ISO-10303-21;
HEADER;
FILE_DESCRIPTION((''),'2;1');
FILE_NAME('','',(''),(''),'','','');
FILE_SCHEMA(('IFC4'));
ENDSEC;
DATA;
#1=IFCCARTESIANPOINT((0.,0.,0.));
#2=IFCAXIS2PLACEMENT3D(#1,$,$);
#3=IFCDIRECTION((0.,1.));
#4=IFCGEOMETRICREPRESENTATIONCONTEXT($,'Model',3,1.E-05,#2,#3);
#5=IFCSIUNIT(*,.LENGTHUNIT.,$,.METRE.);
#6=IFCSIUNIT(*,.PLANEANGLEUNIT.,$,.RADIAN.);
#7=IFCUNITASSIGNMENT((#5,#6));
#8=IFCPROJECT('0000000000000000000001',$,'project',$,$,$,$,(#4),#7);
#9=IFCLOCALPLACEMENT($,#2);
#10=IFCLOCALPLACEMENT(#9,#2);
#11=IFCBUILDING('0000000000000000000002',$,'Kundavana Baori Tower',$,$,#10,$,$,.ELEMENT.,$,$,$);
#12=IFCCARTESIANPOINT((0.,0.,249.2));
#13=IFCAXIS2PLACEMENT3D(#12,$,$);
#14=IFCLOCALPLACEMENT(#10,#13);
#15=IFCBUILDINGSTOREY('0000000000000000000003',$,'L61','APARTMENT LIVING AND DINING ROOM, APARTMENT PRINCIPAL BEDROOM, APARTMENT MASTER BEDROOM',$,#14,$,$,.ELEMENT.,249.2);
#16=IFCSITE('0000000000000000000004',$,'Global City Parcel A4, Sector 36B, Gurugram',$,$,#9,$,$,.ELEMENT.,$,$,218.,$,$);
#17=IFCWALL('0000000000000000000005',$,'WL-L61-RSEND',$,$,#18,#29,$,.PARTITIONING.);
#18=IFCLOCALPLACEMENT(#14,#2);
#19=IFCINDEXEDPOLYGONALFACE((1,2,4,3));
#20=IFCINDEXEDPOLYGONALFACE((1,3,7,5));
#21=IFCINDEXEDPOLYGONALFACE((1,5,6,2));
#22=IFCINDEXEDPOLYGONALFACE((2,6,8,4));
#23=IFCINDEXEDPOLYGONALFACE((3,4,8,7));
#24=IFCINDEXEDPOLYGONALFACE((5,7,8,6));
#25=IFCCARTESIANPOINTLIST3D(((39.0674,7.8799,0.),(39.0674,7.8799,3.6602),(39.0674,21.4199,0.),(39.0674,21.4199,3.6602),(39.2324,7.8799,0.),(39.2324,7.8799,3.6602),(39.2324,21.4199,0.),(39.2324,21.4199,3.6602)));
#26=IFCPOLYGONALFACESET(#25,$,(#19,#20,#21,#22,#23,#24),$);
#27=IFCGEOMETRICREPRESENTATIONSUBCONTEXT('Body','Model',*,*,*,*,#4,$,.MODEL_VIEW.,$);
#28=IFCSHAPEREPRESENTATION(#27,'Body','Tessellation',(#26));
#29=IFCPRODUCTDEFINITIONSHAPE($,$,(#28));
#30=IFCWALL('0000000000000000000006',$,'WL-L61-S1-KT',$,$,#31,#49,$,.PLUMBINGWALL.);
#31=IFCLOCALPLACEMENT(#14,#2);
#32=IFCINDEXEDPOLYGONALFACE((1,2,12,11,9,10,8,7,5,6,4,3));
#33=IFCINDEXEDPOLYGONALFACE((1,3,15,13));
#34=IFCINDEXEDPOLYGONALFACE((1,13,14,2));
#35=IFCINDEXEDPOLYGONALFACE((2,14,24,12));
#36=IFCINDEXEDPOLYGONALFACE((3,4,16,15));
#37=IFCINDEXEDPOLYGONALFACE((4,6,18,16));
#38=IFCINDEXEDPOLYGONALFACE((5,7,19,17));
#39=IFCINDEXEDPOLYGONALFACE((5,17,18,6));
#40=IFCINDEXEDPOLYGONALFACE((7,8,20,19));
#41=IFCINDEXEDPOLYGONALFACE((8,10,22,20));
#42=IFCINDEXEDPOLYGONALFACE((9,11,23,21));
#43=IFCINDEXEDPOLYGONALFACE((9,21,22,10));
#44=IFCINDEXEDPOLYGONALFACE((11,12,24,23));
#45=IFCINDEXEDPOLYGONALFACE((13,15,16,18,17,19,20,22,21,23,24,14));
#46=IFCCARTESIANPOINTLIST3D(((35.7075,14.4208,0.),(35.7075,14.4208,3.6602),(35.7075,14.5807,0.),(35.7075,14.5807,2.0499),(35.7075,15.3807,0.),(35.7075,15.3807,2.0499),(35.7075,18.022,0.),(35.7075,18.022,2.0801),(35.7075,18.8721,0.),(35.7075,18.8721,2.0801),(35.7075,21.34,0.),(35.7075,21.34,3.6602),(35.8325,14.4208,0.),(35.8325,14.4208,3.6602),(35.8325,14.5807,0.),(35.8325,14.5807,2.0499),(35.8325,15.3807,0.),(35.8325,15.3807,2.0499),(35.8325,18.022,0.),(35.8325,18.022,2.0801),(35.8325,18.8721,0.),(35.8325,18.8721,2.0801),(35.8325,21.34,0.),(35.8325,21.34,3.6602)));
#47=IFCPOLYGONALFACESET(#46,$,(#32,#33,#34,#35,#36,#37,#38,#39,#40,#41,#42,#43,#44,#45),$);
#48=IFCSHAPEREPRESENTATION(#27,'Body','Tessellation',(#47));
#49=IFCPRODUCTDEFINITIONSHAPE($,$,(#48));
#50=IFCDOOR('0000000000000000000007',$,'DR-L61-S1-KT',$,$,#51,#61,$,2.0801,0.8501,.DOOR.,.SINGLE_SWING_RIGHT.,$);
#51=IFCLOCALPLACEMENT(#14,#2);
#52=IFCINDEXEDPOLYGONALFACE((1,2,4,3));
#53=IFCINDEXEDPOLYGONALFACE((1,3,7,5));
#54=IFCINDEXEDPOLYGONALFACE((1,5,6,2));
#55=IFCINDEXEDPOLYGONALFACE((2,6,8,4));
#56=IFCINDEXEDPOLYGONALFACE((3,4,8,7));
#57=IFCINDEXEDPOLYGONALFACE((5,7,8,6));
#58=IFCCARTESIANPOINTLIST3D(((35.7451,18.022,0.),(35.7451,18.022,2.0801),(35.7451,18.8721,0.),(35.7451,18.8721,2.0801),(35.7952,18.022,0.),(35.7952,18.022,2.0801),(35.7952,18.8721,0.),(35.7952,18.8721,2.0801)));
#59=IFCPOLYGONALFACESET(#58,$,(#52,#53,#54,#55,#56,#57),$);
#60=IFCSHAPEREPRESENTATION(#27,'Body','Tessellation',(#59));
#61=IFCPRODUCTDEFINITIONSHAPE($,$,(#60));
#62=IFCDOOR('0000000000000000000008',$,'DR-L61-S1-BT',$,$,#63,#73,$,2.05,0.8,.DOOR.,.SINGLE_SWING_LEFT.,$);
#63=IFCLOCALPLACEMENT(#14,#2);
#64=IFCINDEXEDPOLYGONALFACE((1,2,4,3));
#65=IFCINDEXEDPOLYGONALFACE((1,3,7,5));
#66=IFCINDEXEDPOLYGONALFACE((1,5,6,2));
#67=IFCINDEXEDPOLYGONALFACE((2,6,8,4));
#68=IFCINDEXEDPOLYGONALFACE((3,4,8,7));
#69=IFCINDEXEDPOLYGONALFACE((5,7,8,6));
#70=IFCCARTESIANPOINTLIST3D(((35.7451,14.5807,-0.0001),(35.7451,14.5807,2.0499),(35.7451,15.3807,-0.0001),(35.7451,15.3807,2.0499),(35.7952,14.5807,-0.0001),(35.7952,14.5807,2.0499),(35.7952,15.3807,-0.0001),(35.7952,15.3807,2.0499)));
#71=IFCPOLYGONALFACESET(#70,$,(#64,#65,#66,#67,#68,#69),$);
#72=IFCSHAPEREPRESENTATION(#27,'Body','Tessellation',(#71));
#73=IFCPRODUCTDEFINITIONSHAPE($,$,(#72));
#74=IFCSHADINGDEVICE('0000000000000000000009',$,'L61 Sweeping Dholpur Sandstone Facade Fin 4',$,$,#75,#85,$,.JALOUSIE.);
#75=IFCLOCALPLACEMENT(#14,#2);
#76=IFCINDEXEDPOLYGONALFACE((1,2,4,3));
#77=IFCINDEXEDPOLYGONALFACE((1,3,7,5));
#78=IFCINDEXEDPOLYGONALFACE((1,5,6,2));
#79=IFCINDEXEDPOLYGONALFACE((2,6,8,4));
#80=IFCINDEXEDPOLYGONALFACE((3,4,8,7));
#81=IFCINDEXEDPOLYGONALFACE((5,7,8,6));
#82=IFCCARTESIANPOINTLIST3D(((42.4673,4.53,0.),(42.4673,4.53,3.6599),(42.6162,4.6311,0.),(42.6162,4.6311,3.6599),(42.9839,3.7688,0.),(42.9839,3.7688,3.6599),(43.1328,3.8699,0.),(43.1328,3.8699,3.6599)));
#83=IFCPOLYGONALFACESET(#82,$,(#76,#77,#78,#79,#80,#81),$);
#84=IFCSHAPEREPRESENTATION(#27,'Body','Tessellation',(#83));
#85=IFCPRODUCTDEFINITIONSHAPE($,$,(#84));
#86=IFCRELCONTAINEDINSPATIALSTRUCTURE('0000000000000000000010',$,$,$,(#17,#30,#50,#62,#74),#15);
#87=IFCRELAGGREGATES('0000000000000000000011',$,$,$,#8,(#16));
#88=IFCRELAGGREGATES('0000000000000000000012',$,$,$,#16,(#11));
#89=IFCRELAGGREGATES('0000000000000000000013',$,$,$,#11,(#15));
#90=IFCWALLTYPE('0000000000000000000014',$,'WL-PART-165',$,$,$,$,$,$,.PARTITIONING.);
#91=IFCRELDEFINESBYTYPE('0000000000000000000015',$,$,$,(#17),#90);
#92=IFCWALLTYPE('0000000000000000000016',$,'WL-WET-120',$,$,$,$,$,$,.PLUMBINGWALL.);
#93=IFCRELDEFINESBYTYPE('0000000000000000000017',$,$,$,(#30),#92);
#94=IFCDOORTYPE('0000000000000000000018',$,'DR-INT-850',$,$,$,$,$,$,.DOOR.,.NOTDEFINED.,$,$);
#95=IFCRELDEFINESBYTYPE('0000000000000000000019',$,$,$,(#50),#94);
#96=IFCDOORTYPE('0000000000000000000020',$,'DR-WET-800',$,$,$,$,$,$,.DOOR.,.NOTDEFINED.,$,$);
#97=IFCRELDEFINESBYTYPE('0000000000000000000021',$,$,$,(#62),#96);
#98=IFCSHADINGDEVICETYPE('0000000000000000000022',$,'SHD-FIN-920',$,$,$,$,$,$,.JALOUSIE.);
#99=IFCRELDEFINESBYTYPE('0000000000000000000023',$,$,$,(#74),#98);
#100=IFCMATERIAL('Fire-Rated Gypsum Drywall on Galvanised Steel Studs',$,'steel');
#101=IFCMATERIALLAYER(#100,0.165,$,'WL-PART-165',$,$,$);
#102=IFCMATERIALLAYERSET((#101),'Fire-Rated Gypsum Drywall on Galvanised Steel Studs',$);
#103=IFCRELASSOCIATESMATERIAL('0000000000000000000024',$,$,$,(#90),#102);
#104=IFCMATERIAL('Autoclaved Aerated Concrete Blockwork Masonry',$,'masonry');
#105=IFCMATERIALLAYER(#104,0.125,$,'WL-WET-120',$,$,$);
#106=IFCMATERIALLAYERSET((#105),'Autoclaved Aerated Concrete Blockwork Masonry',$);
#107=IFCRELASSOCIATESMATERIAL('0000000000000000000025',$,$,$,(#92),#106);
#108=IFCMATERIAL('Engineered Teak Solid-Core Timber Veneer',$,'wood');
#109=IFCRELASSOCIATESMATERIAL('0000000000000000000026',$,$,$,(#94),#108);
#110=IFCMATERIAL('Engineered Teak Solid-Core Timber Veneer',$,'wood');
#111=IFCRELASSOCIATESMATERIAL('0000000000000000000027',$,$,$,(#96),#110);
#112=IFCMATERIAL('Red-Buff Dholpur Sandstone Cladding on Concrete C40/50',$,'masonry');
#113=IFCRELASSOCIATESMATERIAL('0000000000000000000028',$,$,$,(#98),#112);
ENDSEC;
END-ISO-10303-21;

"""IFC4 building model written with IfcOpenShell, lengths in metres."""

from ifc_helpers import new_model, si_unit, direction, frame, frame_2d, origin, origin_2d, place, context, subcontext, project, spatial, rectangle, extrude, material, layer, layer_set, type_object, element, fill, save


model = new_model("IFC4")

# Units and contexts
model_context = context("Model", 3, precision=1e-05, world=origin(), true_north=direction((0.0, 1.0)))
body_context = subcontext(model_context, "Body", "Model", "MODEL_VIEW")
ifc_project = project(units=[si_unit("LENGTHUNIT", "METRE"), si_unit("PLANEANGLEUNIT", "RADIAN")], contexts=[model_context])

# Site, building, storey
site_placement = place(None, origin())
site = spatial("IfcSite", under=ifc_project, at=site_placement, Name="Global City Parcel A4, Sector 36B, Gurugram", CompositionType="ELEMENT", RefElevation=218.0)
building_placement = place(site_placement, origin())
building = spatial("IfcBuilding", under=site, at=building_placement, Name="Kundavana Baori Tower", CompositionType="ELEMENT")
storey_placement = place(building_placement, frame((0.0, 0.0, 249.2)))
storey = spatial("IfcBuildingStorey", under=building, at=storey_placement, Name="L61", Description="APARTMENT LIVING AND DINING ROOM, APARTMENT PRINCIPAL BEDROOM, APARTMENT MASTER BEDROOM", CompositionType="ELEMENT", Elevation=249.2)

# Wall
ifc_material_1 = material(Name="Fire-Rated Gypsum Drywall on Galvanised Steel Studs", Category="steel")
ifc_layer_1 = layer(ifc_material_1, 0.165, Name="WL-PART-165")
ifc_layer_set_1 = layer_set([ifc_layer_1], Name="Fire-Rated Gypsum Drywall on Galvanised Steel Studs")
wall_type_1 = type_object("IfcWallType", Name="WL-PART-165", PredefinedType="PARTITIONING", material=ifc_layer_set_1)
wall_1_placement = place(storey_placement, frame((39.1499, 7.8799, 0.0), z_axis=(0.0, 0.0, 1.0), x_axis=(0.0, 1.0, 0.0)))
element("IfcWall", 1, at=wall_1_placement, inside=storey, type_object=wall_type_1, Name="WL-L61-RSEND", PredefinedType="PARTITIONING", context=body_context, shape_type="SweptSolid", body=[
    extrude(rectangle(XDim=13.54, YDim=0.165, at=frame_2d((6.77, 0.0))), origin(), (0.0, 0.0, 1.0), 3.6602),
])

# Wall, openings, doors
ifc_material_2 = material(Name="Autoclaved Aerated Concrete Blockwork Masonry", Category="masonry")
ifc_layer_2 = layer(ifc_material_2, 0.125, Name="WL-WET-120")
ifc_layer_set_2 = layer_set([ifc_layer_2], Name="Autoclaved Aerated Concrete Blockwork Masonry")
wall_type_2 = type_object("IfcWallType", Name="WL-WET-120", PredefinedType="PLUMBINGWALL", material=ifc_layer_set_2)
wall_2_placement = place(storey_placement, frame((35.77, 14.4209, 0.0), z_axis=(0.0, 0.0, 1.0), x_axis=(0.0, 1.0, 0.0)))
wall_2 = element("IfcWall", 2, at=wall_2_placement, inside=storey, type_object=wall_type_2, Name="WL-L61-S1-KT", PredefinedType="PLUMBINGWALL", context=body_context, shape_type="SweptSolid", body=[
    extrude(rectangle(XDim=6.9192, YDim=0.125, at=frame_2d((3.4595, 0.0))), origin(), (0.0, 0.0, 1.0), 3.6602),
])
opening_1_placement = place(wall_2_placement, frame((0.1599, 0.0, 0.0)))
opening_1 = element("IfcOpeningElement", 3, at=opening_1_placement, cuts=wall_2, PredefinedType="OPENING", context=body_context, shape_type="SweptSolid", body=[
    extrude(rectangle(XDim=0.8, YDim=2.05, at=frame_2d((0.3999, 1.0249))), frame((0.0, 0.0725, 0.0), z_axis=(0.0, -1.0, 0.0), x_axis=(1.0, 0.0, 0.0)), (0.0, 0.0, 1.0), 0.145),
])
opening_2_placement = place(wall_2_placement, frame((3.6011, 0.0, 0.0)))
opening_2 = element("IfcOpeningElement", 4, at=opening_2_placement, cuts=wall_2, PredefinedType="OPENING", context=body_context, shape_type="SweptSolid", body=[
    extrude(rectangle(XDim=0.8501, YDim=2.0801, at=frame_2d((0.425, 1.04))), frame((0.0, 0.0725, 0.0), z_axis=(0.0, -1.0, 0.0), x_axis=(1.0, 0.0, 0.0)), (0.0, 0.0, 1.0), 0.145),
])
ifc_material_3 = material(Name="Engineered Teak Solid-Core Timber Veneer", Category="wood")
door_type_1 = type_object("IfcDoorType", Name="DR-INT-850", OperationType="NOTDEFINED", PredefinedType="DOOR", material=ifc_material_3)
door_1_placement = place(opening_2_placement, origin())
door_1 = element("IfcDoor", 5, at=door_1_placement, inside=storey, type_object=door_type_1, Name="DR-L61-S1-KT", OperationType="SINGLE_SWING_RIGHT", OverallHeight=2.0801, OverallWidth=0.8501, PredefinedType="DOOR", context=body_context, shape_type="SweptSolid", body=[
    extrude(rectangle(XDim=0.8501, YDim=2.0801, at=frame_2d((0.425, 1.04))), frame((0.0, 0.0249, 0.0), z_axis=(0.0, -1.0, 0.0), x_axis=(1.0, 0.0, 0.0)), (0.0, 0.0, 1.0), 0.05),
])
fill(opening_2, door_1)
ifc_material_4 = material(Name="Engineered Teak Solid-Core Timber Veneer", Category="wood")
door_type_2 = type_object("IfcDoorType", Name="DR-WET-800", OperationType="NOTDEFINED", PredefinedType="DOOR", material=ifc_material_4)
door_2_placement = place(opening_1_placement, origin())
door_2 = element("IfcDoor", 6, at=door_2_placement, inside=storey, type_object=door_type_2, Name="DR-L61-S1-BT", OperationType="SINGLE_SWING_LEFT", OverallHeight=2.05, OverallWidth=0.8, PredefinedType="DOOR", context=body_context, shape_type="SweptSolid", body=[
    extrude(rectangle(XDim=0.8, YDim=2.05, at=frame_2d((0.3999, 1.0249))), frame((0.0, 0.0249, 0.0), z_axis=(0.0, -1.0, 0.0), x_axis=(1.0, 0.0, 0.0)), (0.0, 0.0, 1.0), 0.05),
])
fill(opening_1, door_2)

# Shading device
ifc_material_5 = material(Name="Red-Buff Dholpur Sandstone Cladding on Concrete C40/50", Category="masonry")
shading_device_type = type_object("IfcShadingDeviceType", Name="SHD-FIN-920", PredefinedType="JALOUSIE", material=ifc_material_5)
shading_device_placement = place(storey_placement, frame((42.8, 4.2, 0.0), z_axis=(0.0, 0.0, 1.0), x_axis=(0.827473, 0.561506, 0.0)))
element("IfcShadingDevice", 7, at=shading_device_placement, inside=storey, type_object=shading_device_type, Name="L61 Sweeping Dholpur Sandstone Facade Fin 4", PredefinedType="JALOUSIE", context=body_context, shape_type="SweptSolid", body=[
    extrude(rectangle(XDim=0.1799, YDim=0.9199, at=origin_2d()), origin(), (0.0, 0.0, 1.0), 3.6599),
])

save(model, "model.ifc")
